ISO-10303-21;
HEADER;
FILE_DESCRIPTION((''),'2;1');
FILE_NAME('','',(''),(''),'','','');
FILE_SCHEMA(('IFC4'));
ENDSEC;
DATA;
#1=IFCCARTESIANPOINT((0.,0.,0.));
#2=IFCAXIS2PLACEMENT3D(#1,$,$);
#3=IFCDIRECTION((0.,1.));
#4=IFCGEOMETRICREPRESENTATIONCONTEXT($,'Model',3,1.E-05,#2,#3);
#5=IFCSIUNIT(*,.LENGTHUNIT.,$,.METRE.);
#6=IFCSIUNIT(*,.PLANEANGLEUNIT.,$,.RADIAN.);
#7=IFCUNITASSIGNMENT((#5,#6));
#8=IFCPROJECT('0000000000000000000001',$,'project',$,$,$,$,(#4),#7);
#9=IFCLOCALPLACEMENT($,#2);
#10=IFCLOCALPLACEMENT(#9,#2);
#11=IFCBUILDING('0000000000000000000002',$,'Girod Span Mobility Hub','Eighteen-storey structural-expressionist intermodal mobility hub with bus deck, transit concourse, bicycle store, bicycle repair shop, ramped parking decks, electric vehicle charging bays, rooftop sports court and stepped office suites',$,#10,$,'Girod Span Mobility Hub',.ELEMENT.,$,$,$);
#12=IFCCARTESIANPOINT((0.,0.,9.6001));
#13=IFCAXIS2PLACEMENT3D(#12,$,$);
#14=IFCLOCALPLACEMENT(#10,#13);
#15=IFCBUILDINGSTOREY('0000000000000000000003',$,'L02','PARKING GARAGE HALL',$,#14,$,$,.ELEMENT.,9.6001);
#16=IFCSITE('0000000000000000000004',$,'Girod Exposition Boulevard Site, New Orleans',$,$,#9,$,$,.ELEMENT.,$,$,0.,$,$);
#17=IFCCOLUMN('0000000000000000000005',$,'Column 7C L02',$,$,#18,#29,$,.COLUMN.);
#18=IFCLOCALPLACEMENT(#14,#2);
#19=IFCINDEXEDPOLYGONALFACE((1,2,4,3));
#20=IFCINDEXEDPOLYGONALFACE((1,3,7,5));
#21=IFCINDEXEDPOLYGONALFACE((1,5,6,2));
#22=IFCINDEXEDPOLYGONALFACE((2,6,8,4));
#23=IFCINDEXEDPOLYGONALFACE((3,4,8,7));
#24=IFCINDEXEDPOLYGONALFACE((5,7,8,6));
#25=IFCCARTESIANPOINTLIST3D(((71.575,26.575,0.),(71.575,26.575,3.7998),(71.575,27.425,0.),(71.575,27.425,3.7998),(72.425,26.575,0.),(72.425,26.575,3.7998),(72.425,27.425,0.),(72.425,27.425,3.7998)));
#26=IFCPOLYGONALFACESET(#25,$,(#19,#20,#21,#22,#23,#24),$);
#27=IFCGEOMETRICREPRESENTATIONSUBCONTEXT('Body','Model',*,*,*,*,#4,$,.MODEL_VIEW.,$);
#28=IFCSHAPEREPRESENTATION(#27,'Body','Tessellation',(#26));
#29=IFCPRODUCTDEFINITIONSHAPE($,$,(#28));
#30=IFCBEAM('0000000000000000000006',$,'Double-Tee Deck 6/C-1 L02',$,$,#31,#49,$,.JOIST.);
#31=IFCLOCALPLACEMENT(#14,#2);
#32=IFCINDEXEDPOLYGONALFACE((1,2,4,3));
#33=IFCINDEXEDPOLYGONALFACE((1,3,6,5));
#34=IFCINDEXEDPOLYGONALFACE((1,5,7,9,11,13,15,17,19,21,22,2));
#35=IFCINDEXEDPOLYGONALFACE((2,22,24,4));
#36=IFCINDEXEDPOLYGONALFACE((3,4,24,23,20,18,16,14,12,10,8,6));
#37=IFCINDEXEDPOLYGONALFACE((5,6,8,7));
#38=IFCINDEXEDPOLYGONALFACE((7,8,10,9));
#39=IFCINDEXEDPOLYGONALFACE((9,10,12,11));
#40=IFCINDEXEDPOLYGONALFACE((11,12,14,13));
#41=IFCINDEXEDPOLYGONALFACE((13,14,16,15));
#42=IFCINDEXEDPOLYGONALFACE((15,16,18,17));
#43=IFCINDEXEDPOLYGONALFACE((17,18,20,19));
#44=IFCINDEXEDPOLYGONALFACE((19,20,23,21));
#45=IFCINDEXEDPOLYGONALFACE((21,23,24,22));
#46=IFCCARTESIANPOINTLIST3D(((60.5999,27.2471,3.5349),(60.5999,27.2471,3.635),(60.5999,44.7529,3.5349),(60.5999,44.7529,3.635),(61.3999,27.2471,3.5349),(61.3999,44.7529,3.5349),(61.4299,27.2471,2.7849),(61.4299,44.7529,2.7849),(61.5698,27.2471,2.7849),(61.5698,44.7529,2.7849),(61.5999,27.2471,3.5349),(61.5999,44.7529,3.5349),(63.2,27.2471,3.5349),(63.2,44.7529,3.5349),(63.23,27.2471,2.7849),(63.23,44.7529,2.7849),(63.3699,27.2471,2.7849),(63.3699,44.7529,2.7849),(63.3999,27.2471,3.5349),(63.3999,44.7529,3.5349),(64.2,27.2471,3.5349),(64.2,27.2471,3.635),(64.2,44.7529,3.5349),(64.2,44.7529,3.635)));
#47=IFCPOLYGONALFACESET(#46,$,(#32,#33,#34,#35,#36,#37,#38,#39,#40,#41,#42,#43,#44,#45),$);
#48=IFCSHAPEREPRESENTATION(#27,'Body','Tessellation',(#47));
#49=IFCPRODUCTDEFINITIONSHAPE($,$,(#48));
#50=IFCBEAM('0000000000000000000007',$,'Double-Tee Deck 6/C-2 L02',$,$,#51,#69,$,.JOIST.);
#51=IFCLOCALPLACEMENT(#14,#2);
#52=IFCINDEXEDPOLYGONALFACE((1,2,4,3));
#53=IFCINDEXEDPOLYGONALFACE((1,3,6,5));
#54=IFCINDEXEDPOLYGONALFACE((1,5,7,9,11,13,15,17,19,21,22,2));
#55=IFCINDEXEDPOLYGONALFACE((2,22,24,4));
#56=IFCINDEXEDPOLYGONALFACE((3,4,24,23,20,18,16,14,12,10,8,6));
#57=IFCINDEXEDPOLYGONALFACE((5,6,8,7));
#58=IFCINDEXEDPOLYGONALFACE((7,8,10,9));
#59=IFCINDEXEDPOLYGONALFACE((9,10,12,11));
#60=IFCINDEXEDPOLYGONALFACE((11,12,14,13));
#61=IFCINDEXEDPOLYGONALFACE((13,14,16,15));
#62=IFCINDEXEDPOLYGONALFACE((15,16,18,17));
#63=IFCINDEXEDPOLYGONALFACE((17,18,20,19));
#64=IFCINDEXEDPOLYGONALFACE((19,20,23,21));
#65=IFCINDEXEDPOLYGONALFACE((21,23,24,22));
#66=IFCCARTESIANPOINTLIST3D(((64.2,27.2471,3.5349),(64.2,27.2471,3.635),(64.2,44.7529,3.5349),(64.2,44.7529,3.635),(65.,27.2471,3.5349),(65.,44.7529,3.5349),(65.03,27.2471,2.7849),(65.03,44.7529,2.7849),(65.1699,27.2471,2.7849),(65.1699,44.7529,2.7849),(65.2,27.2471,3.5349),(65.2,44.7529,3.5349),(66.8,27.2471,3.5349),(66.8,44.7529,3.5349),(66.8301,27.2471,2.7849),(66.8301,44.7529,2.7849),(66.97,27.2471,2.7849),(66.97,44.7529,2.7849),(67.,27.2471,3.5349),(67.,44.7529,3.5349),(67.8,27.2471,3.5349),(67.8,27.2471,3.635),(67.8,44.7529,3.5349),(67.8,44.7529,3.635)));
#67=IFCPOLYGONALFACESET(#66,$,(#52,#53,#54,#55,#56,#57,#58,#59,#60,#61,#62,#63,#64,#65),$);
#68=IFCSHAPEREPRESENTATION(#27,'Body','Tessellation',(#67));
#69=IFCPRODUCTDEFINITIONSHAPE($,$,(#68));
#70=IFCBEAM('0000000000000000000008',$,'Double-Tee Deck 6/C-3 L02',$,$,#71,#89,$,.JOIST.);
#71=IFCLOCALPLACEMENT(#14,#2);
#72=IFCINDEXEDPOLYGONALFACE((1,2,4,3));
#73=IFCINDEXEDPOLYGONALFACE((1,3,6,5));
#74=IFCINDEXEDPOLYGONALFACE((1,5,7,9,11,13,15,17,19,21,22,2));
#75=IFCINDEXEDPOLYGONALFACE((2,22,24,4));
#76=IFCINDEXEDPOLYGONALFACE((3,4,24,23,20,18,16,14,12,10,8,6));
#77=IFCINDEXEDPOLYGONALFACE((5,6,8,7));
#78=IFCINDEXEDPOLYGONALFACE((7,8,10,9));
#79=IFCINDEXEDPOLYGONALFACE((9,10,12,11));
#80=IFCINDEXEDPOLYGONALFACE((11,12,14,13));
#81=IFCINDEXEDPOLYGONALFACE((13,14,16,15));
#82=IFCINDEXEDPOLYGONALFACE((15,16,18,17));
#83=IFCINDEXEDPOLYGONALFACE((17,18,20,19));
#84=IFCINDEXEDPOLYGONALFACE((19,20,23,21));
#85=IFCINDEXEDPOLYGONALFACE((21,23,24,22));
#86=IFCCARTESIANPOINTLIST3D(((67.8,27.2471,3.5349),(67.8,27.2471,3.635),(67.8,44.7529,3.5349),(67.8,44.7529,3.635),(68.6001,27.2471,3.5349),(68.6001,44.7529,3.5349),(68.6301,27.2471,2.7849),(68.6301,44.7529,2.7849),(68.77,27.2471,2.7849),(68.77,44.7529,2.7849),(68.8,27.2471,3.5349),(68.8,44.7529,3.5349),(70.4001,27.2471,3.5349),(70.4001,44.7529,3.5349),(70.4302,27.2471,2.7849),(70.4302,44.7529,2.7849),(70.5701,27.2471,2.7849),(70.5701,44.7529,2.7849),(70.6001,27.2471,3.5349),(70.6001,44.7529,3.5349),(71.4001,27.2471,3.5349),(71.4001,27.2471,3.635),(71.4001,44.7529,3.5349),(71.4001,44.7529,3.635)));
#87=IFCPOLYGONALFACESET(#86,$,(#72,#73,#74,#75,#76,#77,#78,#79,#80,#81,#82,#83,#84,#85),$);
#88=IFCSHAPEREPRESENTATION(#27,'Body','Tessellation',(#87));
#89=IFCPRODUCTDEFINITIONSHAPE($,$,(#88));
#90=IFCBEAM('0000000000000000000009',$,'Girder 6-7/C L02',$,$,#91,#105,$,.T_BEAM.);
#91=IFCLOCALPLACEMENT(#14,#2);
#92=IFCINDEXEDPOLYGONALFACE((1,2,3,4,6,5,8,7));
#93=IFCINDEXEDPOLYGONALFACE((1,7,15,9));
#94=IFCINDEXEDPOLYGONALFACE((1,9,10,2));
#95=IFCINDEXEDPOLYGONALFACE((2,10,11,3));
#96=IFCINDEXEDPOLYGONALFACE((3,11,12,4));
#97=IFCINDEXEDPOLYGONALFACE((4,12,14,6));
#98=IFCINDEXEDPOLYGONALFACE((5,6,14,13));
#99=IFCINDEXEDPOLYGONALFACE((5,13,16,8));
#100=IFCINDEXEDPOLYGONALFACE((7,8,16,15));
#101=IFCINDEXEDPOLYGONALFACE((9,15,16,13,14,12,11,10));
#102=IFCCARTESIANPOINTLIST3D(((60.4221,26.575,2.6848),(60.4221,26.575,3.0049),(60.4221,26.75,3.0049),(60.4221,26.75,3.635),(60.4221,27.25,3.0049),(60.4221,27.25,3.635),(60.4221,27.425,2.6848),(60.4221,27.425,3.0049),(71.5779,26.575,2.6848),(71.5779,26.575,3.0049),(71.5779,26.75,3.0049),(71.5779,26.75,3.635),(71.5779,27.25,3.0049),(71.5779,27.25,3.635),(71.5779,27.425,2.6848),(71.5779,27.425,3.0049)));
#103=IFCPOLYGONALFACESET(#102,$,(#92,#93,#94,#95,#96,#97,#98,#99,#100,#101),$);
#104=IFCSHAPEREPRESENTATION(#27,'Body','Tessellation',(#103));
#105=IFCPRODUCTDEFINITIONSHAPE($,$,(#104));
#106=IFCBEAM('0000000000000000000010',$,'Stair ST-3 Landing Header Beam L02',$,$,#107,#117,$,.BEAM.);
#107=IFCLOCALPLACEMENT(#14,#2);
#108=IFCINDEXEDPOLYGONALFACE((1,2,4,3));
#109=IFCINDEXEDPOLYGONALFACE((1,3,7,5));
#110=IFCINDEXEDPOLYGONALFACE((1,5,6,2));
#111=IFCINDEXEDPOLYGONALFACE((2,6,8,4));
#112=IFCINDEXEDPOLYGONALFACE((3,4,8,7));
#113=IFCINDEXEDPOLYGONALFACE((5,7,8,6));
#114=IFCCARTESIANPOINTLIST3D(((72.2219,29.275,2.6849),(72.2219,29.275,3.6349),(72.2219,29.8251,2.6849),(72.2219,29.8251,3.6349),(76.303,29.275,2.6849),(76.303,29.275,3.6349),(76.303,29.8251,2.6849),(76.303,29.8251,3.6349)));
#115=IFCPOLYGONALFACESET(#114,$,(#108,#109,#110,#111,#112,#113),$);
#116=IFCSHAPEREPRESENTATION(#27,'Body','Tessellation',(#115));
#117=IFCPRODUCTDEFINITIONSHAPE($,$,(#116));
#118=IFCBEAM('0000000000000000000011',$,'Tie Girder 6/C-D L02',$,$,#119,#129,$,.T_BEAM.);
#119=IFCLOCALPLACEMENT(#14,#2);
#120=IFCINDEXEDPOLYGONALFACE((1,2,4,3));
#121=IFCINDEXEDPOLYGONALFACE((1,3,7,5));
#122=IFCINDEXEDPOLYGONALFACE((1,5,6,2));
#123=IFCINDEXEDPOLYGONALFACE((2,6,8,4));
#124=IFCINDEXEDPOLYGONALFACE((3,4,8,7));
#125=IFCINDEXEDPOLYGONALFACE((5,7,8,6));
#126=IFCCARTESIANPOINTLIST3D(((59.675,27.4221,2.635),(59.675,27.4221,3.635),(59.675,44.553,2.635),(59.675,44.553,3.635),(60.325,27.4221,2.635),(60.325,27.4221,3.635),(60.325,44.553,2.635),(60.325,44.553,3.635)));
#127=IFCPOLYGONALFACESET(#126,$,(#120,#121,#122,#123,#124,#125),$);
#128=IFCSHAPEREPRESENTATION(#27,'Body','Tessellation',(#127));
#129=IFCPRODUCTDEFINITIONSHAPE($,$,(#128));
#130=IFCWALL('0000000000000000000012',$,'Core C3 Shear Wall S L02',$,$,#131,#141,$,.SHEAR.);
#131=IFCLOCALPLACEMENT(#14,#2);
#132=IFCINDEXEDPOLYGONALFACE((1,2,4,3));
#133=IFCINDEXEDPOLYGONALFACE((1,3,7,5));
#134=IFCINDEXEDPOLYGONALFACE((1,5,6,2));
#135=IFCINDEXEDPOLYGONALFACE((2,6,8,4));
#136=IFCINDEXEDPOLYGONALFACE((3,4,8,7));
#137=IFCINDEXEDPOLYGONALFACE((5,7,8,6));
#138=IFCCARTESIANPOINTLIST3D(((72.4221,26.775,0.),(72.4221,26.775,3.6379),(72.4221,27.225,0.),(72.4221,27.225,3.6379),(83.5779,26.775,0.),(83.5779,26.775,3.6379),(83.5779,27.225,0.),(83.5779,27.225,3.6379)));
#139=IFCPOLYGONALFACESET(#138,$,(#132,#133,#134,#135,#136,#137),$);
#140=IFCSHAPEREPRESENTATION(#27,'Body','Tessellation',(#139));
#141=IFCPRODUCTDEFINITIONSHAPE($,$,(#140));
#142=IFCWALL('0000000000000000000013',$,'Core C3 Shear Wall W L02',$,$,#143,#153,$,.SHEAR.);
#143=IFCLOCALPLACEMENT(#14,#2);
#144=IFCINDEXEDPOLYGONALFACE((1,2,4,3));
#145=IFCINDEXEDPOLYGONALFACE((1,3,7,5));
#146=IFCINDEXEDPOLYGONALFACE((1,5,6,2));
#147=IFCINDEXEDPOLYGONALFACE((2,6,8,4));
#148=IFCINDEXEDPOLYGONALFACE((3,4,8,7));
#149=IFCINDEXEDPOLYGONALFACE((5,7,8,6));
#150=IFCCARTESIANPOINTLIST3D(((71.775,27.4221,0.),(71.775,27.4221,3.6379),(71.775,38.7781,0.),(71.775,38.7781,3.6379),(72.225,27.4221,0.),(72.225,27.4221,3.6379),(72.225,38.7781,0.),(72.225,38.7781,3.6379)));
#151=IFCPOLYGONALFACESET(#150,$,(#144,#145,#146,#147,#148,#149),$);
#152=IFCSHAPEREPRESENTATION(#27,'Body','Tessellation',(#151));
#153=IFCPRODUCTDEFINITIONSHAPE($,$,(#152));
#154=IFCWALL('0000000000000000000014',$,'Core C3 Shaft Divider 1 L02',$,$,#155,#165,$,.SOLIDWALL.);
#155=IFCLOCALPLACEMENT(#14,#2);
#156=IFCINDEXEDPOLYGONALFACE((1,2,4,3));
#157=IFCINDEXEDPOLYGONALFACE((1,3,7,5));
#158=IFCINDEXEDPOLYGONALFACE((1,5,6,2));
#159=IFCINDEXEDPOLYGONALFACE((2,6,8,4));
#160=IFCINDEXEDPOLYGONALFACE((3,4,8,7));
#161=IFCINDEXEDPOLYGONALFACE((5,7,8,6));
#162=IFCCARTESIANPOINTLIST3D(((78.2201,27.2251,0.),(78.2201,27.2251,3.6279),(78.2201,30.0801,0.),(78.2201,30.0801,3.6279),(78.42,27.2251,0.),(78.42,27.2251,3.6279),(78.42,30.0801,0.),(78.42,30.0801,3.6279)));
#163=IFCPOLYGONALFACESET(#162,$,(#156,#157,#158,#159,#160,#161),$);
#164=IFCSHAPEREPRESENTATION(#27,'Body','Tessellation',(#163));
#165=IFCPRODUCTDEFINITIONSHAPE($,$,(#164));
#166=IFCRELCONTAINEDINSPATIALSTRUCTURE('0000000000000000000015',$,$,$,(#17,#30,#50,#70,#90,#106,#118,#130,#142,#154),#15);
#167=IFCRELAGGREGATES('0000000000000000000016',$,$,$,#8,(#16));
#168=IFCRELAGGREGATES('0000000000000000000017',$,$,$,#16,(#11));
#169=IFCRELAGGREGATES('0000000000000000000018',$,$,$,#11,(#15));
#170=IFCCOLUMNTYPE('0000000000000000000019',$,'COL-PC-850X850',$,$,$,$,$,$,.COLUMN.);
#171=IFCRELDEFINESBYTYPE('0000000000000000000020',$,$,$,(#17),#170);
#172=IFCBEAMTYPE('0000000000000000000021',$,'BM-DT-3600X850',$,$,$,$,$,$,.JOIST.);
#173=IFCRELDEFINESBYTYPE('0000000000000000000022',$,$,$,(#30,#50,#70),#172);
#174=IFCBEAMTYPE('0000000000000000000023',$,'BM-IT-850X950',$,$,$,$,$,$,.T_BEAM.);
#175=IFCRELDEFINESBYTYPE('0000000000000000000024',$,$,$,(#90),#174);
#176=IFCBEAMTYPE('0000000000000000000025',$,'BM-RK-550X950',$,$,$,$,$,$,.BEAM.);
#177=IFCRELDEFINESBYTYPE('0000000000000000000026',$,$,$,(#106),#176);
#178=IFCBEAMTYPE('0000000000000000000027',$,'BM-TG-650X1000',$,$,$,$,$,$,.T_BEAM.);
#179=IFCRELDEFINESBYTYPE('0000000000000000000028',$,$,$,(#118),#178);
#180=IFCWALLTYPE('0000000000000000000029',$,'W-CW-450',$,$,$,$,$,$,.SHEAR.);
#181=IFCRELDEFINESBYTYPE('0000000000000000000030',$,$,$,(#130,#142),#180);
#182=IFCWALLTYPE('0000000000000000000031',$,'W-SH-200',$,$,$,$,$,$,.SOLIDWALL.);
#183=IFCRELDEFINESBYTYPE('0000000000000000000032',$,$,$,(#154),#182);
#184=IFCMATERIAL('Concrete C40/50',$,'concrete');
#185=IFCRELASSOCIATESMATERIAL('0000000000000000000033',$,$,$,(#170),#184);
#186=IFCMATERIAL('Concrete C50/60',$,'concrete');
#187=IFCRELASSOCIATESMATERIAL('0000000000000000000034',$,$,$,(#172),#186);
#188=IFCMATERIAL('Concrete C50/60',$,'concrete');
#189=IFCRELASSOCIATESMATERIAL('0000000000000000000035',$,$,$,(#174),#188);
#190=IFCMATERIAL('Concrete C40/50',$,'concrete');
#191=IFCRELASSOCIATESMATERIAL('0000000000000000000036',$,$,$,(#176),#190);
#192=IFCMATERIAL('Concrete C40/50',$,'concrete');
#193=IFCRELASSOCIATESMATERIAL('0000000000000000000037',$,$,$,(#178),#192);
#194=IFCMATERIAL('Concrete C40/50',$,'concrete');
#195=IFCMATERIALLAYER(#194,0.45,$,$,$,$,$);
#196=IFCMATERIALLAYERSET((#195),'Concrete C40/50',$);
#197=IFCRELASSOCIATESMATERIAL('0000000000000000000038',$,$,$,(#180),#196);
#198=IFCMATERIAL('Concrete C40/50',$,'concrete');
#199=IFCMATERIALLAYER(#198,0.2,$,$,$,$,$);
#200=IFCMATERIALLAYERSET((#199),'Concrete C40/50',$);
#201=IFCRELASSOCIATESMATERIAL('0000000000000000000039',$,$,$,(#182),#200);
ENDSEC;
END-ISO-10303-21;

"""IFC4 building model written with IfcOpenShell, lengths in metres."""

from ifc_helpers import new_model, si_unit, direction, frame, frame_2d, origin, origin_2d, place, context, subcontext, project, spatial, polyline, rectangle, outline, extrude, material, layer, layer_set, material_profile, profile_set, type_object, element, save


model = new_model("IFC4")

# Units and contexts
model_context = context("Model", 3, precision=1e-05, world=origin(), true_north=direction((0.0, 1.0)))
body_context = subcontext(model_context, "Body", "Model", "MODEL_VIEW")
ifc_project = project(units=[si_unit("LENGTHUNIT", "METRE"), si_unit("PLANEANGLEUNIT", "RADIAN")], contexts=[model_context])

# Site, building, storey
site_placement = place(None, origin())
site = spatial("IfcSite", under=ifc_project, at=site_placement, Name="Girod Exposition Boulevard Site, New Orleans", CompositionType="ELEMENT", RefElevation=0.0)
building_placement = place(site_placement, origin())
building = spatial("IfcBuilding", under=site, at=building_placement, Name="Girod Span Mobility Hub", Description="Eighteen-storey structural-expressionist intermodal mobility hub with bus deck, transit concourse, bicycle store, bicycle repair shop, ramped parking decks, electric vehicle charging bays, rooftop sports court and stepped office suites", LongName="Girod Span Mobility Hub", CompositionType="ELEMENT")
storey_placement = place(building_placement, frame((0.0, 0.0, 9.6001)))
storey = spatial("IfcBuildingStorey", under=building, at=storey_placement, Name="L02", Description="PARKING GARAGE HALL", CompositionType="ELEMENT", Elevation=9.6001)

# Column
ifc_material_1 = material(Name="Concrete C40/50", Category="concrete")
ifc_material_profile_1 = material_profile(ifc_material_1, rectangle(XDim=0.8501, YDim=0.8501, at=origin_2d()), Name="PC-COL-850X850")
ifc_profile_set_1 = profile_set([ifc_material_profile_1], Name="Concrete C40/50")
column_type = type_object("IfcColumnType", Name="COL-PC-850X850", PredefinedType="COLUMN", material=ifc_profile_set_1)
column_placement = place(storey_placement, frame((72.0, 27.0, 0.0), z_axis=(0.0, 0.0, 1.0), x_axis=(1.0, 0.0, 0.0)))
element("IfcColumn", 1, at=column_placement, inside=storey, type_object=column_type, Name="Column 7C L02", PredefinedType="COLUMN", context=body_context, shape_type="SweptSolid", body=[
    extrude(rectangle(XDim=0.8501, YDim=0.8501, at=origin_2d()), origin(), (0.0, 0.0, 1.0), 3.7998),
])

# Beams
ifc_material_2 = material(Name="Concrete C50/60", Category="concrete")
ifc_material_profile_2 = material_profile(ifc_material_2, outline(polyline([(-1.8, 0.425), (-1.8, 0.325), (-1.0, 0.325), (-0.97, -0.425), (-0.8301, -0.425), (-0.8, 0.325), (0.8, 0.325), (0.8301, -0.425), (0.97, -0.425), (1.0, 0.325), (1.8, 0.325), (1.8, 0.425), (-1.8, 0.425)])), Name="DT-3600X850")
ifc_profile_set_2 = profile_set([ifc_material_profile_2], Name="Concrete C50/60")
beam_type_1 = type_object("IfcBeamType", Name="BM-DT-3600X850", PredefinedType="JOIST", material=ifc_profile_set_2)
for number, where, z_axis, x_axis, name in (
    (2, (62.3999, 27.2471, 3.21), (0.0, 1.0, 0.0), (-1.0, 0.0, 0.0), "Double-Tee Deck 6/C-1 L02"),
    (3, (66.0, 27.2471, 3.21), (0.0, 1.0, 0.0), (-1.0, 0.0, 0.0), "Double-Tee Deck 6/C-2 L02"),
    (4, (69.6001, 27.2471, 3.21), (0.0, 1.0, 0.0), (-1.0, 0.0, 0.0), "Double-Tee Deck 6/C-3 L02"),
):
    element("IfcBeam", number, at=place(storey_placement, frame(where, z_axis=z_axis, x_axis=x_axis)), inside=storey, type_object=beam_type_1, Name=name, PredefinedType="JOIST", context=body_context, shape_type="SweptSolid", body=[
        extrude(outline(polyline([(-1.8, 0.425), (-1.8, 0.325), (-1.0, 0.325), (-0.97, -0.425), (-0.8301, -0.425), (-0.8, 0.325), (0.8, 0.325), (0.8301, -0.425), (0.97, -0.425), (1.0, 0.325), (1.8, 0.325), (1.8, 0.425), (-1.8, 0.425)])), origin(), (0.0, 0.0, 1.0), 17.5059),
    ])
ifc_material_3 = material(Name="Concrete C50/60", Category="concrete")
ifc_material_profile_3 = material_profile(ifc_material_3, outline(polyline([(-0.425, -0.4751), (0.425, -0.4751), (0.425, -0.155), (0.25, -0.155), (0.25, 0.4751), (-0.25, 0.4751), (-0.25, -0.155), (-0.425, -0.155), (-0.425, -0.4751)])), Name="IT-850X950")
ifc_profile_set_3 = profile_set([ifc_material_profile_3], Name="Concrete C50/60")
beam_type_2 = type_object("IfcBeamType", Name="BM-IT-850X950", PredefinedType="T_BEAM", material=ifc_profile_set_3)
beam_1_placement = place(storey_placement, frame((60.4221, 27.0, 3.1599), z_axis=(1.0, 0.0, 0.0), x_axis=(0.0, 1.0, 0.0)))
element("IfcBeam", 5, at=beam_1_placement, inside=storey, type_object=beam_type_2, Name="Girder 6-7/C L02", PredefinedType="T_BEAM", context=body_context, shape_type="SweptSolid", body=[
    extrude(outline(polyline([(-0.425, -0.4751), (0.425, -0.4751), (0.425, -0.155), (0.25, -0.155), (0.25, 0.4751), (-0.25, 0.4751), (-0.25, -0.155), (-0.425, -0.155), (-0.425, -0.4751)])), origin(), (0.0, 0.0, 1.0), 11.1558),
])
ifc_material_4 = material(Name="Concrete C40/50", Category="concrete")
ifc_material_profile_4 = material_profile(ifc_material_4, rectangle(XDim=0.55, YDim=0.95, at=origin_2d()), Name="RK-550X950")
ifc_profile_set_4 = profile_set([ifc_material_profile_4], Name="Concrete C40/50")
beam_type_3 = type_object("IfcBeamType", Name="BM-RK-550X950", PredefinedType="BEAM", material=ifc_profile_set_4)
beam_2_placement = place(storey_placement, frame((72.2219, 29.55, 3.1599), z_axis=(1.0, 0.0, 0.0), x_axis=(0.0, 1.0, 0.0)))
element("IfcBeam", 6, at=beam_2_placement, inside=storey, type_object=beam_type_3, Name="Stair ST-3 Landing Header Beam L02", PredefinedType="BEAM", context=body_context, shape_type="SweptSolid", body=[
    extrude(rectangle(XDim=0.55, YDim=0.95, at=origin_2d()), origin(), (0.0, 0.0, 1.0), 4.0811),
])
ifc_material_5 = material(Name="Concrete C40/50", Category="concrete")
ifc_material_profile_5 = material_profile(ifc_material_5, rectangle(XDim=0.6499, YDim=1.0, at=origin_2d()), Name="TG-650X1000")
ifc_profile_set_5 = profile_set([ifc_material_profile_5], Name="Concrete C40/50")
beam_type_4 = type_object("IfcBeamType", Name="BM-TG-650X1000", PredefinedType="T_BEAM", material=ifc_profile_set_5)
beam_3_placement = place(storey_placement, frame((60.0, 27.4221, 3.135), z_axis=(0.0, 1.0, 0.0), x_axis=(-1.0, 0.0, 0.0)))
element("IfcBeam", 7, at=beam_3_placement, inside=storey, type_object=beam_type_4, Name="Tie Girder 6/C-D L02", PredefinedType="T_BEAM", context=body_context, shape_type="SweptSolid", body=[
    extrude(rectangle(XDim=0.6499, YDim=1.0, at=origin_2d()), origin(), (0.0, 0.0, 1.0), 17.1309),
])

# Walls
ifc_material_6 = material(Name="Concrete C40/50", Category="concrete")
ifc_layer_1 = layer(ifc_material_6, 0.45)
ifc_layer_set_1 = layer_set([ifc_layer_1], Name="Concrete C40/50")
wall_type_1 = type_object("IfcWallType", Name="W-CW-450", PredefinedType="SHEAR", material=ifc_layer_set_1)
wall_1_placement = place(storey_placement, frame((72.4221, 27.0, 0.0), z_axis=(0.0, 0.0, 1.0), x_axis=(1.0, 0.0, 0.0)))
element("IfcWall", 8, at=wall_1_placement, inside=storey, type_object=wall_type_1, Name="Core C3 Shear Wall S L02", PredefinedType="SHEAR", context=body_context, shape_type="SweptSolid", body=[
    extrude(rectangle(XDim=11.1558, YDim=0.45, at=frame_2d((5.5779, 0.0))), origin(), (0.0, 0.0, 1.0), 3.6379),
])
wall_2_placement = place(storey_placement, frame((72.0, 27.4221, 0.0), z_axis=(0.0, 0.0, 1.0), x_axis=(0.0, 1.0, 0.0)))
element("IfcWall", 9, at=wall_2_placement, inside=storey, type_object=wall_type_1, Name="Core C3 Shear Wall W L02", PredefinedType="SHEAR", context=body_context, shape_type="SweptSolid", body=[
    extrude(rectangle(XDim=11.356, YDim=0.45, at=frame_2d((5.678, 0.0))), origin(), (0.0, 0.0, 1.0), 3.6379),
])
ifc_material_7 = material(Name="Concrete C40/50", Category="concrete")
ifc_layer_2 = layer(ifc_material_7, 0.2)
ifc_layer_set_2 = layer_set([ifc_layer_2], Name="Concrete C40/50")
wall_type_2 = type_object("IfcWallType", Name="W-SH-200", PredefinedType="SOLIDWALL", material=ifc_layer_set_2)
wall_3_placement = place(storey_placement, frame((78.3201, 27.2251, 0.0), z_axis=(0.0, 0.0, 1.0), x_axis=(0.0, 1.0, 0.0)))
element("IfcWall", 10, at=wall_3_placement, inside=storey, type_object=wall_type_2, Name="Core C3 Shaft Divider 1 L02", PredefinedType="SOLIDWALL", context=body_context, shape_type="SweptSolid", body=[
    extrude(rectangle(XDim=2.855, YDim=0.2, at=frame_2d((1.4275, 0.0))), origin(), (0.0, 0.0, 1.0), 3.6279),
])

save(model, "model.ifc")
